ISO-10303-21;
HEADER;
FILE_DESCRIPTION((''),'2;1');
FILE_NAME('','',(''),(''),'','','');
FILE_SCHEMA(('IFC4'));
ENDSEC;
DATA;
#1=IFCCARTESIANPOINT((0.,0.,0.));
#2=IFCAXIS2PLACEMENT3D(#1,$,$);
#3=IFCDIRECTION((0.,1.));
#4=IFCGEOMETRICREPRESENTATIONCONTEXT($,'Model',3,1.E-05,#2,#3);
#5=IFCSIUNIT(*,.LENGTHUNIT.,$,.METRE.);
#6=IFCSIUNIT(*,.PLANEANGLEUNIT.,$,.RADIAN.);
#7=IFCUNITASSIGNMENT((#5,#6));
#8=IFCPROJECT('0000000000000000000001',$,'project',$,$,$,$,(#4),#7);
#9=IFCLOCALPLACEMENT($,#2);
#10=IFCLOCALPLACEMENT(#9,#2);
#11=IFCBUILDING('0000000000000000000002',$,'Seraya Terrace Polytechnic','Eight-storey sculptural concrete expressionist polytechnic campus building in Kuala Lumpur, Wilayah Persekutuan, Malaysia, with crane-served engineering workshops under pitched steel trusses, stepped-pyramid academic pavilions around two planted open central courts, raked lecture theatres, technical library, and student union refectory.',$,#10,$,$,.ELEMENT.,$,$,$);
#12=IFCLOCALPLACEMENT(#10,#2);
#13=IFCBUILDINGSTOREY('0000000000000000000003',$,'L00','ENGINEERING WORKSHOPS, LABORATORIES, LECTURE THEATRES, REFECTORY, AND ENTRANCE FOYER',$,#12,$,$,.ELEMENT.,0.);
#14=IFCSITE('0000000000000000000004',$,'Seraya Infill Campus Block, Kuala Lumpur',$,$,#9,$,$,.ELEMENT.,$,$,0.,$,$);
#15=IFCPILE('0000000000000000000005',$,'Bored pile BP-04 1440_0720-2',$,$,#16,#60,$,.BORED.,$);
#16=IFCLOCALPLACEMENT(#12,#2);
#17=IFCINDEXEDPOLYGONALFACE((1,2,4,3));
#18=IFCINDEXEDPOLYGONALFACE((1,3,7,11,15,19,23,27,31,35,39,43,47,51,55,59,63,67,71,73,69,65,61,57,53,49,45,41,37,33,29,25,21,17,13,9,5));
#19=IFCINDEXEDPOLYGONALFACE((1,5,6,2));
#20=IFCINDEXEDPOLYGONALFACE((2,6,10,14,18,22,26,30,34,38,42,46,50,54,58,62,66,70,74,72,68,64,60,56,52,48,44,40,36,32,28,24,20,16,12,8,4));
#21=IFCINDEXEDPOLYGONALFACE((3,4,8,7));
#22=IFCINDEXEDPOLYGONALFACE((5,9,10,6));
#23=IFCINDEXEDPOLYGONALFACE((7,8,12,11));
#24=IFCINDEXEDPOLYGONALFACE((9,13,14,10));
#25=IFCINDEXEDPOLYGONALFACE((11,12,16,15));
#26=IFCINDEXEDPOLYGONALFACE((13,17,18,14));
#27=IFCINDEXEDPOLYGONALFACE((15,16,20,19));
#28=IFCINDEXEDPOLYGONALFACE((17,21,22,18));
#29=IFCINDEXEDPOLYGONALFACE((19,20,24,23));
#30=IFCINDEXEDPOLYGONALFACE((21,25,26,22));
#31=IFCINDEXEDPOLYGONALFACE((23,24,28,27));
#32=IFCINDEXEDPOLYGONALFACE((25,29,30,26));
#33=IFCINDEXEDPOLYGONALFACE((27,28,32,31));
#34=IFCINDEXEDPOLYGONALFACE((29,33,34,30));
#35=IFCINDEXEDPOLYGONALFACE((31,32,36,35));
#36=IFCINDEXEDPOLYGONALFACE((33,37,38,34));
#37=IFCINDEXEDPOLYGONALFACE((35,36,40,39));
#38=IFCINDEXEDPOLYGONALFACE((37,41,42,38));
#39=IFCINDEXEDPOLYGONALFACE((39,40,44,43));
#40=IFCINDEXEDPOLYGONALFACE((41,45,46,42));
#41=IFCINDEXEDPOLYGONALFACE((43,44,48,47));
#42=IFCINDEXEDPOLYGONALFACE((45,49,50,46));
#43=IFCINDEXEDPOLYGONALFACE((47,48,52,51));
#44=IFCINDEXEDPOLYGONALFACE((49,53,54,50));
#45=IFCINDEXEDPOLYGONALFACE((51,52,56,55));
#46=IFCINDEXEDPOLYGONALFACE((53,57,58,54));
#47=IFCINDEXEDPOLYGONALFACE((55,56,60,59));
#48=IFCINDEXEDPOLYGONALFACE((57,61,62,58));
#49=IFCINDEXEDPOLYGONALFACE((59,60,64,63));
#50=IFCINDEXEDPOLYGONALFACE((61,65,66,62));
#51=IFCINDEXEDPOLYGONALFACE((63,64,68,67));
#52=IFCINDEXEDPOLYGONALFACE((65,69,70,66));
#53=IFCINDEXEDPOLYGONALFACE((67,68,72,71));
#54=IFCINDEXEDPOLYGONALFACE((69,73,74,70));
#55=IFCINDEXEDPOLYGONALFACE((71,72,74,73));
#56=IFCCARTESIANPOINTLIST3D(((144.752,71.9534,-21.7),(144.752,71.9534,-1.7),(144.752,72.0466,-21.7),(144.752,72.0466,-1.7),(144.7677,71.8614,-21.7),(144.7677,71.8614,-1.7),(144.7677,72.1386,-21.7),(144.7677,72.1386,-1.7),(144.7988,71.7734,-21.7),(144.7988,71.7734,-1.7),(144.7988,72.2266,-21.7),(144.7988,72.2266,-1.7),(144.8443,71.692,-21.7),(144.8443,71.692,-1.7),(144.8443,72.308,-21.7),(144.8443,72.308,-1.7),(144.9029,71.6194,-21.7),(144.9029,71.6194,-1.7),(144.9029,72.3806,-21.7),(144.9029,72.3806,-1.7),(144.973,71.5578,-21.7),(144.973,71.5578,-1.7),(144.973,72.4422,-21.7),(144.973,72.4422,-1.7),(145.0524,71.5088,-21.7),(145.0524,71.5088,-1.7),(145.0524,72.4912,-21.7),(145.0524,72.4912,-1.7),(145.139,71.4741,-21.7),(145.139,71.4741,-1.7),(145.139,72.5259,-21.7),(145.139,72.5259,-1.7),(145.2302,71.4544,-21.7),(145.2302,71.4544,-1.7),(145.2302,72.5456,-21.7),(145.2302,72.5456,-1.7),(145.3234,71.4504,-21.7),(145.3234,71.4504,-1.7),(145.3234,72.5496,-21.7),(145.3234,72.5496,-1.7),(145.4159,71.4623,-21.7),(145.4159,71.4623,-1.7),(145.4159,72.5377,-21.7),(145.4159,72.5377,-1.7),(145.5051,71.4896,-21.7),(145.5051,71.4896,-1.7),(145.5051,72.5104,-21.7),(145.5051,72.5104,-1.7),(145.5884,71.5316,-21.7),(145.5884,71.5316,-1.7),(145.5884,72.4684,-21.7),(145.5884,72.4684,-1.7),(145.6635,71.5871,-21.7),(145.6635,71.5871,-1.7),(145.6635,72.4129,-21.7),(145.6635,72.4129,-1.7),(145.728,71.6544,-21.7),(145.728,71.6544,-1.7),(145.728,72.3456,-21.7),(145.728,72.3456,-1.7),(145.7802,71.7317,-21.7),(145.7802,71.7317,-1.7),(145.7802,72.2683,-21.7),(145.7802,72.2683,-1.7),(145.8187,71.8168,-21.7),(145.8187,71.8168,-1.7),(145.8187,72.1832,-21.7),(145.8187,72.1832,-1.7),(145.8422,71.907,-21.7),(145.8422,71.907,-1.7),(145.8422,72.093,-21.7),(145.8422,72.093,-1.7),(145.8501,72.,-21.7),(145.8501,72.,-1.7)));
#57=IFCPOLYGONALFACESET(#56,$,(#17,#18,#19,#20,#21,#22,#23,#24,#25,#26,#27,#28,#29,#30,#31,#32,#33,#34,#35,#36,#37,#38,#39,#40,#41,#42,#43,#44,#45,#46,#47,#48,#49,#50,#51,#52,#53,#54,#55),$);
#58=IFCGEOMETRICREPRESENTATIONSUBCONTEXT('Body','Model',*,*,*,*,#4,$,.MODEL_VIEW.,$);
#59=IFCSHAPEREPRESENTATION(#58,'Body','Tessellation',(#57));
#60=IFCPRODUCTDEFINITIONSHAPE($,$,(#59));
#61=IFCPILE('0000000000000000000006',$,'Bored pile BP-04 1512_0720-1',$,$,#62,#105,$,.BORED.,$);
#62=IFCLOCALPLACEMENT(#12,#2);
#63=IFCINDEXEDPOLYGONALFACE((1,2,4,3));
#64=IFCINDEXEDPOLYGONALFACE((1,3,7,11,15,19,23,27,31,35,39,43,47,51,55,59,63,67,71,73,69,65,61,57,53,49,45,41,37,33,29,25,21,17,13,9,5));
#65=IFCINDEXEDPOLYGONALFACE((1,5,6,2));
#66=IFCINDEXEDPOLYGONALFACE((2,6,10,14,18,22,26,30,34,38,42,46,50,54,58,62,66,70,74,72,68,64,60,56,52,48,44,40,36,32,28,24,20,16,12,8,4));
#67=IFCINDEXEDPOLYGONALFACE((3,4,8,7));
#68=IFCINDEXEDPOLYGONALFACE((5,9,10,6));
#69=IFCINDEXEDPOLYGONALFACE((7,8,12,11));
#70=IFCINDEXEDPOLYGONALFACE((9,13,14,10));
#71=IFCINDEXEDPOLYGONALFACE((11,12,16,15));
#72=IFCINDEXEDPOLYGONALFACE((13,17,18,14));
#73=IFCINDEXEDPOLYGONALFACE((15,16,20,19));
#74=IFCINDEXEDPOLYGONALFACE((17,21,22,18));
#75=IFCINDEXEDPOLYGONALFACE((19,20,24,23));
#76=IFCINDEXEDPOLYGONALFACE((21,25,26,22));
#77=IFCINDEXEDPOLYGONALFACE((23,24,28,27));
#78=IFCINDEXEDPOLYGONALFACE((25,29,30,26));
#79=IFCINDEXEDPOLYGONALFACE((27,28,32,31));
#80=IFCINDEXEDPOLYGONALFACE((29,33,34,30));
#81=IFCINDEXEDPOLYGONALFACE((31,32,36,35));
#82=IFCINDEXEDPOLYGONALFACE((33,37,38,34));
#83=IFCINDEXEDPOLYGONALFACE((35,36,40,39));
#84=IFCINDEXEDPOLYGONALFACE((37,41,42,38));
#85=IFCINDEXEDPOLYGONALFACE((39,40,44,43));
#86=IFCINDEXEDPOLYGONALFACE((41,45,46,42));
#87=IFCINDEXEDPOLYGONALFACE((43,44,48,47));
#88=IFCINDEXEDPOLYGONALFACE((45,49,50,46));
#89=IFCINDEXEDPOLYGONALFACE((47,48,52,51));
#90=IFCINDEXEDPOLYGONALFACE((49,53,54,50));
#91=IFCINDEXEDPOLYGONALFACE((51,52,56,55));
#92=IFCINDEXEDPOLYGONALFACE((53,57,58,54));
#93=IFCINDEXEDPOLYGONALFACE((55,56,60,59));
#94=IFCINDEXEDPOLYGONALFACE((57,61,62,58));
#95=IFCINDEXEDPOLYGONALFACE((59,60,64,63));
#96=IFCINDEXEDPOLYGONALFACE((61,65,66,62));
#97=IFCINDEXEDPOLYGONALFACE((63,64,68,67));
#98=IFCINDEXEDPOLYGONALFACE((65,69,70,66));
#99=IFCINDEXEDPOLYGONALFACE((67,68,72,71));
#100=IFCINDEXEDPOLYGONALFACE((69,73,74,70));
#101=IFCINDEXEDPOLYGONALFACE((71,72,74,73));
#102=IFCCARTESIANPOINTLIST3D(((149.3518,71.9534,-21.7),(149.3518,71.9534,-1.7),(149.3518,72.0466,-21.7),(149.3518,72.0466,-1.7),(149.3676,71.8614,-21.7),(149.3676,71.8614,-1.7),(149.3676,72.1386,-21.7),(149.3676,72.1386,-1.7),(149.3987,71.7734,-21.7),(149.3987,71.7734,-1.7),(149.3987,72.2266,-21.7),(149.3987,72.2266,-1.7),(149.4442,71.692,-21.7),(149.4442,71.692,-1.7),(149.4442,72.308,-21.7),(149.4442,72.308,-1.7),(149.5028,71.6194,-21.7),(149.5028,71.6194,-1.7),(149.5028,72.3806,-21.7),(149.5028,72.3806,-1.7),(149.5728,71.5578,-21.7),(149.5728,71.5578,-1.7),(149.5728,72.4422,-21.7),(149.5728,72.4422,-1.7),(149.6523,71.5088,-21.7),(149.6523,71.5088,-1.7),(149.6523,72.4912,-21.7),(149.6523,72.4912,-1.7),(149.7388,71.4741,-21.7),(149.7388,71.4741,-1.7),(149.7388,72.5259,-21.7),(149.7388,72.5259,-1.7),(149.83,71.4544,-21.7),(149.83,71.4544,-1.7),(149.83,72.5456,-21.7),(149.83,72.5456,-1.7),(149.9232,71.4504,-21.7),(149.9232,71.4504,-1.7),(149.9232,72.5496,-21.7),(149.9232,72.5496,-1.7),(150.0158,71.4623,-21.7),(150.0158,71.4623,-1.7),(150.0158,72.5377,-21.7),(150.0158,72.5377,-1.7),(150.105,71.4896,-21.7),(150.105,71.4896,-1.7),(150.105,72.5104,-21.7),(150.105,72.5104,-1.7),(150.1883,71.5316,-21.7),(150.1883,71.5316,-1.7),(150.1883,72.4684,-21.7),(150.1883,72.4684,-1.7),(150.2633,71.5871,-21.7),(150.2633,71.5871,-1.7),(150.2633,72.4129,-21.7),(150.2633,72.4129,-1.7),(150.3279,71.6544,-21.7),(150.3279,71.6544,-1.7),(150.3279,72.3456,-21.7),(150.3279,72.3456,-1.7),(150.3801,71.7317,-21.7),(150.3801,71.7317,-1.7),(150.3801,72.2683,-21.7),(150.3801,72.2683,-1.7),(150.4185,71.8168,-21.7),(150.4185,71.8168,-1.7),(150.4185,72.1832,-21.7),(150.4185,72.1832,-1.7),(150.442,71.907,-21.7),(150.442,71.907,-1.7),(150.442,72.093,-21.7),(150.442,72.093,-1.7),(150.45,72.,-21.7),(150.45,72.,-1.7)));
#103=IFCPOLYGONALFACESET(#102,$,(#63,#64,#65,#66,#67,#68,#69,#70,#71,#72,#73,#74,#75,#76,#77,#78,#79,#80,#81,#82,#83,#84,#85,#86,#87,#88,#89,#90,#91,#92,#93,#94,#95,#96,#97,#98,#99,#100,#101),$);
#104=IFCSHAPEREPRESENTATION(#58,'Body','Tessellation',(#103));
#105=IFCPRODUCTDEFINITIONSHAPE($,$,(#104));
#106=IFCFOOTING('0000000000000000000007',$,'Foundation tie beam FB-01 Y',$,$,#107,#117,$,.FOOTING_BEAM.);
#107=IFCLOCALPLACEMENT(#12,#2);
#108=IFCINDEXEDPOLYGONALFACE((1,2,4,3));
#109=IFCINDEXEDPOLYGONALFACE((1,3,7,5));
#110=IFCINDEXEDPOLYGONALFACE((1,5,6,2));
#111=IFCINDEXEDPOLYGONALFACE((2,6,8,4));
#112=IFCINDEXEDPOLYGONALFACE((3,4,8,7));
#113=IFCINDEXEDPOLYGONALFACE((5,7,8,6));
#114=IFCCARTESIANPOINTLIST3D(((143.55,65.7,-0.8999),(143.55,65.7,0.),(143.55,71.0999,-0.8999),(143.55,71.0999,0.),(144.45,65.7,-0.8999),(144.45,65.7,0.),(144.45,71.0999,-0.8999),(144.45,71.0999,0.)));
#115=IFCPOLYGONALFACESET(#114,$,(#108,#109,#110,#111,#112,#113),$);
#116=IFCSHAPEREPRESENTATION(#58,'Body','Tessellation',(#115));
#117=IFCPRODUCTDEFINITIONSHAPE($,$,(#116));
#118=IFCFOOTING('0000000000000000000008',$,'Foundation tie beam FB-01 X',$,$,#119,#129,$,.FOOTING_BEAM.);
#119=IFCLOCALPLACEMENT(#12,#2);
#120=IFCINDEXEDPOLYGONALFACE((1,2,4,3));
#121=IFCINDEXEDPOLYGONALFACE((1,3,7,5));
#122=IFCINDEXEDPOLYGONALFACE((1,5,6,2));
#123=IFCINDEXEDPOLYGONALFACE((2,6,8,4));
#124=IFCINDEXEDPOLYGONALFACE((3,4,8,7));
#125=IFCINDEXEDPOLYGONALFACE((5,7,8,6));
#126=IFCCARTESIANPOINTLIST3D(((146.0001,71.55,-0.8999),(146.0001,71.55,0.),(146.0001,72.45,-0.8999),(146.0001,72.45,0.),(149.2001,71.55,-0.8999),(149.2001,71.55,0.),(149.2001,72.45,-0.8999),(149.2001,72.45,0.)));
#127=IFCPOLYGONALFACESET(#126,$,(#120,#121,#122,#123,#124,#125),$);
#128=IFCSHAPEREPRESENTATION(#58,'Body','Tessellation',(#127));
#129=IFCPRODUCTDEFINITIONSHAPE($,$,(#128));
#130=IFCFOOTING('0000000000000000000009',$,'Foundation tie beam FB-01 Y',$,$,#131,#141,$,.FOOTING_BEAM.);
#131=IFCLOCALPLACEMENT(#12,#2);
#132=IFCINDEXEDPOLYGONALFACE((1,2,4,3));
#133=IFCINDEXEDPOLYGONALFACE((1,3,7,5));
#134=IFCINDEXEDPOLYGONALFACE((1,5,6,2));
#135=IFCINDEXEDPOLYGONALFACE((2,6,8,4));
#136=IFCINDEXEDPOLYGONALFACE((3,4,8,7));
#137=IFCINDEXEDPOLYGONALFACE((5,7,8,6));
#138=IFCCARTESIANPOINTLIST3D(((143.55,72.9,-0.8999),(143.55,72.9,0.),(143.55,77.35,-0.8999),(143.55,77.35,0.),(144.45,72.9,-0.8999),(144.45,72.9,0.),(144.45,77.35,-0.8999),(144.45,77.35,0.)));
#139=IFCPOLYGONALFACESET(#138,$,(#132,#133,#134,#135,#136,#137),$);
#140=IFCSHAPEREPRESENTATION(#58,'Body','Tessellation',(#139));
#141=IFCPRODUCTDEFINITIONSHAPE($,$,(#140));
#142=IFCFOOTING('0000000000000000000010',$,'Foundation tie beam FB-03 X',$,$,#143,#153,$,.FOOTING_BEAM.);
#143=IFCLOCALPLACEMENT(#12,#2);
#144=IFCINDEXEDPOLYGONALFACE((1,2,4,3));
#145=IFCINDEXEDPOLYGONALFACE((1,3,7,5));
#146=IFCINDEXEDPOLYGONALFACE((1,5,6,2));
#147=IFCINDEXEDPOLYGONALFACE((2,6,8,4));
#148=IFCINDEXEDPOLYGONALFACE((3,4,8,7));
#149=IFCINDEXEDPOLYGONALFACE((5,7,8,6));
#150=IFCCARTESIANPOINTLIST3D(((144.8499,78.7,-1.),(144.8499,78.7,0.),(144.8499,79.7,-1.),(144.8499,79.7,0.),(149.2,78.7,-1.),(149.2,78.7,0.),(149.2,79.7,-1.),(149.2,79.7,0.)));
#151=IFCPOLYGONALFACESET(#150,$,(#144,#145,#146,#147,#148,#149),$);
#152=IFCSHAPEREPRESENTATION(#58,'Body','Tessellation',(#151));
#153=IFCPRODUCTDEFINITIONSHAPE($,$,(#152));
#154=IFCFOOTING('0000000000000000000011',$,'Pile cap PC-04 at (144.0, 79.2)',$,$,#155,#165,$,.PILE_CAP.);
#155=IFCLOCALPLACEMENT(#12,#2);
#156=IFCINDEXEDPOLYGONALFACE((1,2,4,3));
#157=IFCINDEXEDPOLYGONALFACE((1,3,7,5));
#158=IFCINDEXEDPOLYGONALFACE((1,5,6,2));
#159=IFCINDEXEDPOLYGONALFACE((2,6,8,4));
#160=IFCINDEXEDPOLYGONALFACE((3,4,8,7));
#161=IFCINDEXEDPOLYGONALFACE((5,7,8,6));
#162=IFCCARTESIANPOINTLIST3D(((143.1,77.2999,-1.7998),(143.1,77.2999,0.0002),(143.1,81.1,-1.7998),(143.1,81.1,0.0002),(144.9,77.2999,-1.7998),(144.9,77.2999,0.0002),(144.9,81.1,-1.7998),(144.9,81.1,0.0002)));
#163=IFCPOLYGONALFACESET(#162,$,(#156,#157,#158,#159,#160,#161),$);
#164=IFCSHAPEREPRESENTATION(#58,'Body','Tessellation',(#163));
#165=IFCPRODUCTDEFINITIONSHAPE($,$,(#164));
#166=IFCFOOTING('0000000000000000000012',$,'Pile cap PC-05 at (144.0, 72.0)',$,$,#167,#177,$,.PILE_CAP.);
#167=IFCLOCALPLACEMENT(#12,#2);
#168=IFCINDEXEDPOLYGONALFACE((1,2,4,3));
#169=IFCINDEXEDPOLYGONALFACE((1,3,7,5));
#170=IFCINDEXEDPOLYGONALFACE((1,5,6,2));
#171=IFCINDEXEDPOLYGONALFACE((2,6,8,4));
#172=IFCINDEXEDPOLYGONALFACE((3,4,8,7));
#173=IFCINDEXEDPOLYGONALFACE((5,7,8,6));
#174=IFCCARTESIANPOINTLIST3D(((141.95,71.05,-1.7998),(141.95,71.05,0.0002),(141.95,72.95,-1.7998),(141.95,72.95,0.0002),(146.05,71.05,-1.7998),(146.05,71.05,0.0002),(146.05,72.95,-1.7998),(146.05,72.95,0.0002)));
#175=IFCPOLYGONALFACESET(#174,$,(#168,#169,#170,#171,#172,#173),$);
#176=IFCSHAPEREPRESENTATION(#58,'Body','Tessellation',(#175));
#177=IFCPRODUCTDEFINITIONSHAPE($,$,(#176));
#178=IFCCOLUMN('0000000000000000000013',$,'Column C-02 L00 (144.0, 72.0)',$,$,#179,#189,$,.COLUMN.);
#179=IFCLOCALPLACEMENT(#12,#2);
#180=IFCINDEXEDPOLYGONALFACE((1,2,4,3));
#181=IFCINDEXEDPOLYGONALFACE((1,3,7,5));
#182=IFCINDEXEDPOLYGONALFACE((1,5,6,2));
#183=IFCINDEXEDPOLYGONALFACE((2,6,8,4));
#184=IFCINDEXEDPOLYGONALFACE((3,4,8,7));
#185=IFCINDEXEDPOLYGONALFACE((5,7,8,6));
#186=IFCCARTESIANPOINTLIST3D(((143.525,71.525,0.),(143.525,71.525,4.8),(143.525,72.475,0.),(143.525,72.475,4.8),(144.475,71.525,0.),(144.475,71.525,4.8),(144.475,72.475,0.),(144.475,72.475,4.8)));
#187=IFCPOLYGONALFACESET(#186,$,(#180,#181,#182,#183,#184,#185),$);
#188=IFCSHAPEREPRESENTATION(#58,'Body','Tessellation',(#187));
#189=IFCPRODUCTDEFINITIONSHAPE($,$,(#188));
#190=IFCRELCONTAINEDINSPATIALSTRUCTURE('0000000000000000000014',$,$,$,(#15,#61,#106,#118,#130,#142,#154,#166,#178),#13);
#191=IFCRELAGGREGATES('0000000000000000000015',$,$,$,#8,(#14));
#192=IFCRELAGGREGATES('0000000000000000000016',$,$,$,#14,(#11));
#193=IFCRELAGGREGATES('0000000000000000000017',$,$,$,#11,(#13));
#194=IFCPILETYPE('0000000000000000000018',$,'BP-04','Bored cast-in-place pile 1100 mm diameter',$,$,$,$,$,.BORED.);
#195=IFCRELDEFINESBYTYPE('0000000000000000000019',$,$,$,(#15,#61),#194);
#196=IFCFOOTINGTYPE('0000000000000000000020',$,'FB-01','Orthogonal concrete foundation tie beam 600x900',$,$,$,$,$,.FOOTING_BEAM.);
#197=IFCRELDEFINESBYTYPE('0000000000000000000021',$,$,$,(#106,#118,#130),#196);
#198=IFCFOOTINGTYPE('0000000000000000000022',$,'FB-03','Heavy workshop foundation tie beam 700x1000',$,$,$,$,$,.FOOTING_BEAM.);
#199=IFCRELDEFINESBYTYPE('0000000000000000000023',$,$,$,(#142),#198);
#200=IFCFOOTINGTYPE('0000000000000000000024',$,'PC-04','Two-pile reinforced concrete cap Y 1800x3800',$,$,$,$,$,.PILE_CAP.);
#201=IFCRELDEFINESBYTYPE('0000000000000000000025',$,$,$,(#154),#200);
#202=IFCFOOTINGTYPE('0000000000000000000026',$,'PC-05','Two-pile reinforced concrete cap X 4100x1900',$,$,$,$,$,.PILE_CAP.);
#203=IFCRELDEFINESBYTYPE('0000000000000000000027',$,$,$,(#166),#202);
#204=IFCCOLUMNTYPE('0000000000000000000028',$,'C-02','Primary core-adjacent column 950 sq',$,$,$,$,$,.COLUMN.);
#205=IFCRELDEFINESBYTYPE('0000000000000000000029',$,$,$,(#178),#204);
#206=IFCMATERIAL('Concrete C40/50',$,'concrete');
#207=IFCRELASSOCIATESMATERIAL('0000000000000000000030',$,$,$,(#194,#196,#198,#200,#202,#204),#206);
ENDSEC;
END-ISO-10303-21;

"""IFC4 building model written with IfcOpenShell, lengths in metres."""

from ifc_helpers import new_model, si_unit, direction, frame, origin, origin_2d, place, context, subcontext, project, spatial, rectangle, circle, extrude, material, material_profile, profile_set, type_object, element, save


model = new_model("IFC4")

# Units and contexts
model_context = context("Model", 3, precision=1e-05, world=origin(), true_north=direction((0.0, 1.0)))
body_context = subcontext(model_context, "Body", "Model", "MODEL_VIEW")
ifc_project = project(units=[si_unit("LENGTHUNIT", "METRE"), si_unit("PLANEANGLEUNIT", "RADIAN")], contexts=[model_context])

# Site, building, storey
site_placement = place(None, origin())
site = spatial("IfcSite", under=ifc_project, at=site_placement, Name="Seraya Infill Campus Block, Kuala Lumpur", CompositionType="ELEMENT", RefElevation=0.0)
building_placement = place(site_placement, origin())
building = spatial("IfcBuilding", under=site, at=building_placement, Name="Seraya Terrace Polytechnic", Description="Eight-storey sculptural concrete expressionist polytechnic campus building in Kuala Lumpur, Wilayah Persekutuan, Malaysia, with crane-served engineering workshops under pitched steel trusses, stepped-pyramid academic pavilions around two planted open central courts, raked lecture theatres, technical library, and student union refectory.", CompositionType="ELEMENT")
storey_placement = place(building_placement, origin())
storey = spatial("IfcBuildingStorey", under=building, at=storey_placement, Name="L00", Description="ENGINEERING WORKSHOPS, LABORATORIES, LECTURE THEATRES, REFECTORY, AND ENTRANCE FOYER", CompositionType="ELEMENT", Elevation=0.0)

# Piles
ifc_material_1 = material(Name="Concrete C40/50", Category="concrete")
ifc_material_profile_1 = material_profile(ifc_material_1, circle(Radius=0.55, at=origin_2d()), Name="DIA 1100")
ifc_profile_set_1 = profile_set([ifc_material_profile_1], Name="Concrete C40/50")
pile_type_1 = type_object("IfcPileType", Name="BP-04", Description="Bored cast-in-place pile 1100 mm diameter", PredefinedType="BORED", material=ifc_profile_set_1)
for number, where, z_axis, x_axis, name in (
    (1, (145.3, 72.0, -1.7), (0.0, 0.0, -1.0), (1.0, 0.0, 0.0), "Bored pile BP-04 1440_0720-2"),
    (2, (149.8999, 72.0, -1.7), (0.0, 0.0, -1.0), (1.0, 0.0, 0.0), "Bored pile BP-04 1512_0720-1"),
):
    element("IfcPile", number, at=place(storey_placement, frame(where, z_axis=z_axis, x_axis=x_axis)), inside=storey, type_object=pile_type_1, Name=name, PredefinedType="BORED", context=body_context, shape_type="SweptSolid", body=[
        extrude(circle(Radius=0.55, at=origin_2d()), origin(), (0.0, 0.0, 1.0), 20.0),
    ])

# Footings
footing_type_1 = type_object("IfcFootingType", Name="FB-01", Description="Orthogonal concrete foundation tie beam 600x900", PredefinedType="FOOTING_BEAM", material=ifc_material_1)
footing_1_placement = place(storey_placement, frame((144.0, 68.3999, -0.8999), z_axis=(0.0, 0.0, 1.0), x_axis=(0.0, 1.0, 0.0)))
element("IfcFooting", 3, at=footing_1_placement, inside=storey, type_object=footing_type_1, Name="Foundation tie beam FB-01 Y", PredefinedType="FOOTING_BEAM", context=body_context, shape_type="SweptSolid", body=[
    extrude(rectangle(XDim=5.3999, YDim=0.8999, at=origin_2d()), origin(), (0.0, 0.0, 1.0), 0.8999),
])
footing_2_placement = place(storey_placement, frame((147.6001, 72.0, -0.8999), z_axis=(0.0, 0.0, 1.0), x_axis=(1.0, 0.0, 0.0)))
element("IfcFooting", 4, at=footing_2_placement, inside=storey, type_object=footing_type_1, Name="Foundation tie beam FB-01 X", PredefinedType="FOOTING_BEAM", context=body_context, shape_type="SweptSolid", body=[
    extrude(rectangle(XDim=3.2, YDim=0.8999, at=origin_2d()), origin(), (0.0, 0.0, 1.0), 0.8999),
])
footing_3_placement = place(storey_placement, frame((144.0, 75.125, -0.8999), z_axis=(0.0, 0.0, 1.0), x_axis=(0.0, 1.0, 0.0)))
element("IfcFooting", 5, at=footing_3_placement, inside=storey, type_object=footing_type_1, Name="Foundation tie beam FB-01 Y", PredefinedType="FOOTING_BEAM", context=body_context, shape_type="SweptSolid", body=[
    extrude(rectangle(XDim=4.45, YDim=0.8999, at=origin_2d()), origin(), (0.0, 0.0, 1.0), 0.8999),
])
footing_type_2 = type_object("IfcFootingType", Name="FB-03", Description="Heavy workshop foundation tie beam 700x1000", PredefinedType="FOOTING_BEAM", material=ifc_material_1)
footing_4_placement = place(storey_placement, frame((147.0249, 79.2, -1.0), z_axis=(0.0, 0.0, 1.0), x_axis=(1.0, 0.0, 0.0)))
element("IfcFooting", 6, at=footing_4_placement, inside=storey, type_object=footing_type_2, Name="Foundation tie beam FB-03 X", PredefinedType="FOOTING_BEAM", context=body_context, shape_type="SweptSolid", body=[
    extrude(rectangle(XDim=4.3501, YDim=1.0, at=origin_2d()), origin(), (0.0, 0.0, 1.0), 1.0),
])
footing_type_3 = type_object("IfcFootingType", Name="PC-04", Description="Two-pile reinforced concrete cap Y 1800x3800", PredefinedType="PILE_CAP", material=ifc_material_1)
footing_5_placement = place(storey_placement, frame((144.0, 79.2, -1.7998), z_axis=(0.0, 0.0, 1.0), x_axis=(1.0, 0.0, 0.0)))
element("IfcFooting", 7, at=footing_5_placement, inside=storey, type_object=footing_type_3, Name="Pile cap PC-04 at (144.0, 79.2)", PredefinedType="PILE_CAP", context=body_context, shape_type="SweptSolid", body=[
    extrude(rectangle(XDim=1.8, YDim=3.8, at=origin_2d()), origin(), (0.0, 0.0, 1.0), 1.8),
])
footing_type_4 = type_object("IfcFootingType", Name="PC-05", Description="Two-pile reinforced concrete cap X 4100x1900", PredefinedType="PILE_CAP", material=ifc_material_1)
footing_6_placement = place(storey_placement, frame((144.0, 72.0, -1.7998), z_axis=(0.0, 0.0, 1.0), x_axis=(1.0, 0.0, 0.0)))
element("IfcFooting", 8, at=footing_6_placement, inside=storey, type_object=footing_type_4, Name="Pile cap PC-05 at (144.0, 72.0)", PredefinedType="PILE_CAP", context=body_context, shape_type="SweptSolid", body=[
    extrude(rectangle(XDim=4.1001, YDim=1.8999, at=origin_2d()), origin(), (0.0, 0.0, 1.0), 1.8),
])

# Column
ifc_material_profile_2 = material_profile(ifc_material_1, rectangle(XDim=0.95, YDim=0.95, at=origin_2d()), Name="RC 950x950")
ifc_profile_set_2 = profile_set([ifc_material_profile_2], Name="Concrete C40/50")
column_type_1 = type_object("IfcColumnType", Name="C-02", Description="Primary core-adjacent column 950 sq", PredefinedType="COLUMN", material=ifc_profile_set_2)
column_1_placement = place(storey_placement, frame((144.0, 72.0, 0.0), z_axis=(0.0, 0.0, 1.0), x_axis=(1.0, 0.0, 0.0)))
element("IfcColumn", 9, at=column_1_placement, inside=storey, type_object=column_type_1, Name="Column C-02 L00 (144.0, 72.0)", PredefinedType="COLUMN", context=body_context, shape_type="SweptSolid", body=[
    extrude(rectangle(XDim=0.95, YDim=0.95, at=origin_2d()), origin(), (0.0, 0.0, 1.0), 4.8),
])

save(model, "model.ifc")
